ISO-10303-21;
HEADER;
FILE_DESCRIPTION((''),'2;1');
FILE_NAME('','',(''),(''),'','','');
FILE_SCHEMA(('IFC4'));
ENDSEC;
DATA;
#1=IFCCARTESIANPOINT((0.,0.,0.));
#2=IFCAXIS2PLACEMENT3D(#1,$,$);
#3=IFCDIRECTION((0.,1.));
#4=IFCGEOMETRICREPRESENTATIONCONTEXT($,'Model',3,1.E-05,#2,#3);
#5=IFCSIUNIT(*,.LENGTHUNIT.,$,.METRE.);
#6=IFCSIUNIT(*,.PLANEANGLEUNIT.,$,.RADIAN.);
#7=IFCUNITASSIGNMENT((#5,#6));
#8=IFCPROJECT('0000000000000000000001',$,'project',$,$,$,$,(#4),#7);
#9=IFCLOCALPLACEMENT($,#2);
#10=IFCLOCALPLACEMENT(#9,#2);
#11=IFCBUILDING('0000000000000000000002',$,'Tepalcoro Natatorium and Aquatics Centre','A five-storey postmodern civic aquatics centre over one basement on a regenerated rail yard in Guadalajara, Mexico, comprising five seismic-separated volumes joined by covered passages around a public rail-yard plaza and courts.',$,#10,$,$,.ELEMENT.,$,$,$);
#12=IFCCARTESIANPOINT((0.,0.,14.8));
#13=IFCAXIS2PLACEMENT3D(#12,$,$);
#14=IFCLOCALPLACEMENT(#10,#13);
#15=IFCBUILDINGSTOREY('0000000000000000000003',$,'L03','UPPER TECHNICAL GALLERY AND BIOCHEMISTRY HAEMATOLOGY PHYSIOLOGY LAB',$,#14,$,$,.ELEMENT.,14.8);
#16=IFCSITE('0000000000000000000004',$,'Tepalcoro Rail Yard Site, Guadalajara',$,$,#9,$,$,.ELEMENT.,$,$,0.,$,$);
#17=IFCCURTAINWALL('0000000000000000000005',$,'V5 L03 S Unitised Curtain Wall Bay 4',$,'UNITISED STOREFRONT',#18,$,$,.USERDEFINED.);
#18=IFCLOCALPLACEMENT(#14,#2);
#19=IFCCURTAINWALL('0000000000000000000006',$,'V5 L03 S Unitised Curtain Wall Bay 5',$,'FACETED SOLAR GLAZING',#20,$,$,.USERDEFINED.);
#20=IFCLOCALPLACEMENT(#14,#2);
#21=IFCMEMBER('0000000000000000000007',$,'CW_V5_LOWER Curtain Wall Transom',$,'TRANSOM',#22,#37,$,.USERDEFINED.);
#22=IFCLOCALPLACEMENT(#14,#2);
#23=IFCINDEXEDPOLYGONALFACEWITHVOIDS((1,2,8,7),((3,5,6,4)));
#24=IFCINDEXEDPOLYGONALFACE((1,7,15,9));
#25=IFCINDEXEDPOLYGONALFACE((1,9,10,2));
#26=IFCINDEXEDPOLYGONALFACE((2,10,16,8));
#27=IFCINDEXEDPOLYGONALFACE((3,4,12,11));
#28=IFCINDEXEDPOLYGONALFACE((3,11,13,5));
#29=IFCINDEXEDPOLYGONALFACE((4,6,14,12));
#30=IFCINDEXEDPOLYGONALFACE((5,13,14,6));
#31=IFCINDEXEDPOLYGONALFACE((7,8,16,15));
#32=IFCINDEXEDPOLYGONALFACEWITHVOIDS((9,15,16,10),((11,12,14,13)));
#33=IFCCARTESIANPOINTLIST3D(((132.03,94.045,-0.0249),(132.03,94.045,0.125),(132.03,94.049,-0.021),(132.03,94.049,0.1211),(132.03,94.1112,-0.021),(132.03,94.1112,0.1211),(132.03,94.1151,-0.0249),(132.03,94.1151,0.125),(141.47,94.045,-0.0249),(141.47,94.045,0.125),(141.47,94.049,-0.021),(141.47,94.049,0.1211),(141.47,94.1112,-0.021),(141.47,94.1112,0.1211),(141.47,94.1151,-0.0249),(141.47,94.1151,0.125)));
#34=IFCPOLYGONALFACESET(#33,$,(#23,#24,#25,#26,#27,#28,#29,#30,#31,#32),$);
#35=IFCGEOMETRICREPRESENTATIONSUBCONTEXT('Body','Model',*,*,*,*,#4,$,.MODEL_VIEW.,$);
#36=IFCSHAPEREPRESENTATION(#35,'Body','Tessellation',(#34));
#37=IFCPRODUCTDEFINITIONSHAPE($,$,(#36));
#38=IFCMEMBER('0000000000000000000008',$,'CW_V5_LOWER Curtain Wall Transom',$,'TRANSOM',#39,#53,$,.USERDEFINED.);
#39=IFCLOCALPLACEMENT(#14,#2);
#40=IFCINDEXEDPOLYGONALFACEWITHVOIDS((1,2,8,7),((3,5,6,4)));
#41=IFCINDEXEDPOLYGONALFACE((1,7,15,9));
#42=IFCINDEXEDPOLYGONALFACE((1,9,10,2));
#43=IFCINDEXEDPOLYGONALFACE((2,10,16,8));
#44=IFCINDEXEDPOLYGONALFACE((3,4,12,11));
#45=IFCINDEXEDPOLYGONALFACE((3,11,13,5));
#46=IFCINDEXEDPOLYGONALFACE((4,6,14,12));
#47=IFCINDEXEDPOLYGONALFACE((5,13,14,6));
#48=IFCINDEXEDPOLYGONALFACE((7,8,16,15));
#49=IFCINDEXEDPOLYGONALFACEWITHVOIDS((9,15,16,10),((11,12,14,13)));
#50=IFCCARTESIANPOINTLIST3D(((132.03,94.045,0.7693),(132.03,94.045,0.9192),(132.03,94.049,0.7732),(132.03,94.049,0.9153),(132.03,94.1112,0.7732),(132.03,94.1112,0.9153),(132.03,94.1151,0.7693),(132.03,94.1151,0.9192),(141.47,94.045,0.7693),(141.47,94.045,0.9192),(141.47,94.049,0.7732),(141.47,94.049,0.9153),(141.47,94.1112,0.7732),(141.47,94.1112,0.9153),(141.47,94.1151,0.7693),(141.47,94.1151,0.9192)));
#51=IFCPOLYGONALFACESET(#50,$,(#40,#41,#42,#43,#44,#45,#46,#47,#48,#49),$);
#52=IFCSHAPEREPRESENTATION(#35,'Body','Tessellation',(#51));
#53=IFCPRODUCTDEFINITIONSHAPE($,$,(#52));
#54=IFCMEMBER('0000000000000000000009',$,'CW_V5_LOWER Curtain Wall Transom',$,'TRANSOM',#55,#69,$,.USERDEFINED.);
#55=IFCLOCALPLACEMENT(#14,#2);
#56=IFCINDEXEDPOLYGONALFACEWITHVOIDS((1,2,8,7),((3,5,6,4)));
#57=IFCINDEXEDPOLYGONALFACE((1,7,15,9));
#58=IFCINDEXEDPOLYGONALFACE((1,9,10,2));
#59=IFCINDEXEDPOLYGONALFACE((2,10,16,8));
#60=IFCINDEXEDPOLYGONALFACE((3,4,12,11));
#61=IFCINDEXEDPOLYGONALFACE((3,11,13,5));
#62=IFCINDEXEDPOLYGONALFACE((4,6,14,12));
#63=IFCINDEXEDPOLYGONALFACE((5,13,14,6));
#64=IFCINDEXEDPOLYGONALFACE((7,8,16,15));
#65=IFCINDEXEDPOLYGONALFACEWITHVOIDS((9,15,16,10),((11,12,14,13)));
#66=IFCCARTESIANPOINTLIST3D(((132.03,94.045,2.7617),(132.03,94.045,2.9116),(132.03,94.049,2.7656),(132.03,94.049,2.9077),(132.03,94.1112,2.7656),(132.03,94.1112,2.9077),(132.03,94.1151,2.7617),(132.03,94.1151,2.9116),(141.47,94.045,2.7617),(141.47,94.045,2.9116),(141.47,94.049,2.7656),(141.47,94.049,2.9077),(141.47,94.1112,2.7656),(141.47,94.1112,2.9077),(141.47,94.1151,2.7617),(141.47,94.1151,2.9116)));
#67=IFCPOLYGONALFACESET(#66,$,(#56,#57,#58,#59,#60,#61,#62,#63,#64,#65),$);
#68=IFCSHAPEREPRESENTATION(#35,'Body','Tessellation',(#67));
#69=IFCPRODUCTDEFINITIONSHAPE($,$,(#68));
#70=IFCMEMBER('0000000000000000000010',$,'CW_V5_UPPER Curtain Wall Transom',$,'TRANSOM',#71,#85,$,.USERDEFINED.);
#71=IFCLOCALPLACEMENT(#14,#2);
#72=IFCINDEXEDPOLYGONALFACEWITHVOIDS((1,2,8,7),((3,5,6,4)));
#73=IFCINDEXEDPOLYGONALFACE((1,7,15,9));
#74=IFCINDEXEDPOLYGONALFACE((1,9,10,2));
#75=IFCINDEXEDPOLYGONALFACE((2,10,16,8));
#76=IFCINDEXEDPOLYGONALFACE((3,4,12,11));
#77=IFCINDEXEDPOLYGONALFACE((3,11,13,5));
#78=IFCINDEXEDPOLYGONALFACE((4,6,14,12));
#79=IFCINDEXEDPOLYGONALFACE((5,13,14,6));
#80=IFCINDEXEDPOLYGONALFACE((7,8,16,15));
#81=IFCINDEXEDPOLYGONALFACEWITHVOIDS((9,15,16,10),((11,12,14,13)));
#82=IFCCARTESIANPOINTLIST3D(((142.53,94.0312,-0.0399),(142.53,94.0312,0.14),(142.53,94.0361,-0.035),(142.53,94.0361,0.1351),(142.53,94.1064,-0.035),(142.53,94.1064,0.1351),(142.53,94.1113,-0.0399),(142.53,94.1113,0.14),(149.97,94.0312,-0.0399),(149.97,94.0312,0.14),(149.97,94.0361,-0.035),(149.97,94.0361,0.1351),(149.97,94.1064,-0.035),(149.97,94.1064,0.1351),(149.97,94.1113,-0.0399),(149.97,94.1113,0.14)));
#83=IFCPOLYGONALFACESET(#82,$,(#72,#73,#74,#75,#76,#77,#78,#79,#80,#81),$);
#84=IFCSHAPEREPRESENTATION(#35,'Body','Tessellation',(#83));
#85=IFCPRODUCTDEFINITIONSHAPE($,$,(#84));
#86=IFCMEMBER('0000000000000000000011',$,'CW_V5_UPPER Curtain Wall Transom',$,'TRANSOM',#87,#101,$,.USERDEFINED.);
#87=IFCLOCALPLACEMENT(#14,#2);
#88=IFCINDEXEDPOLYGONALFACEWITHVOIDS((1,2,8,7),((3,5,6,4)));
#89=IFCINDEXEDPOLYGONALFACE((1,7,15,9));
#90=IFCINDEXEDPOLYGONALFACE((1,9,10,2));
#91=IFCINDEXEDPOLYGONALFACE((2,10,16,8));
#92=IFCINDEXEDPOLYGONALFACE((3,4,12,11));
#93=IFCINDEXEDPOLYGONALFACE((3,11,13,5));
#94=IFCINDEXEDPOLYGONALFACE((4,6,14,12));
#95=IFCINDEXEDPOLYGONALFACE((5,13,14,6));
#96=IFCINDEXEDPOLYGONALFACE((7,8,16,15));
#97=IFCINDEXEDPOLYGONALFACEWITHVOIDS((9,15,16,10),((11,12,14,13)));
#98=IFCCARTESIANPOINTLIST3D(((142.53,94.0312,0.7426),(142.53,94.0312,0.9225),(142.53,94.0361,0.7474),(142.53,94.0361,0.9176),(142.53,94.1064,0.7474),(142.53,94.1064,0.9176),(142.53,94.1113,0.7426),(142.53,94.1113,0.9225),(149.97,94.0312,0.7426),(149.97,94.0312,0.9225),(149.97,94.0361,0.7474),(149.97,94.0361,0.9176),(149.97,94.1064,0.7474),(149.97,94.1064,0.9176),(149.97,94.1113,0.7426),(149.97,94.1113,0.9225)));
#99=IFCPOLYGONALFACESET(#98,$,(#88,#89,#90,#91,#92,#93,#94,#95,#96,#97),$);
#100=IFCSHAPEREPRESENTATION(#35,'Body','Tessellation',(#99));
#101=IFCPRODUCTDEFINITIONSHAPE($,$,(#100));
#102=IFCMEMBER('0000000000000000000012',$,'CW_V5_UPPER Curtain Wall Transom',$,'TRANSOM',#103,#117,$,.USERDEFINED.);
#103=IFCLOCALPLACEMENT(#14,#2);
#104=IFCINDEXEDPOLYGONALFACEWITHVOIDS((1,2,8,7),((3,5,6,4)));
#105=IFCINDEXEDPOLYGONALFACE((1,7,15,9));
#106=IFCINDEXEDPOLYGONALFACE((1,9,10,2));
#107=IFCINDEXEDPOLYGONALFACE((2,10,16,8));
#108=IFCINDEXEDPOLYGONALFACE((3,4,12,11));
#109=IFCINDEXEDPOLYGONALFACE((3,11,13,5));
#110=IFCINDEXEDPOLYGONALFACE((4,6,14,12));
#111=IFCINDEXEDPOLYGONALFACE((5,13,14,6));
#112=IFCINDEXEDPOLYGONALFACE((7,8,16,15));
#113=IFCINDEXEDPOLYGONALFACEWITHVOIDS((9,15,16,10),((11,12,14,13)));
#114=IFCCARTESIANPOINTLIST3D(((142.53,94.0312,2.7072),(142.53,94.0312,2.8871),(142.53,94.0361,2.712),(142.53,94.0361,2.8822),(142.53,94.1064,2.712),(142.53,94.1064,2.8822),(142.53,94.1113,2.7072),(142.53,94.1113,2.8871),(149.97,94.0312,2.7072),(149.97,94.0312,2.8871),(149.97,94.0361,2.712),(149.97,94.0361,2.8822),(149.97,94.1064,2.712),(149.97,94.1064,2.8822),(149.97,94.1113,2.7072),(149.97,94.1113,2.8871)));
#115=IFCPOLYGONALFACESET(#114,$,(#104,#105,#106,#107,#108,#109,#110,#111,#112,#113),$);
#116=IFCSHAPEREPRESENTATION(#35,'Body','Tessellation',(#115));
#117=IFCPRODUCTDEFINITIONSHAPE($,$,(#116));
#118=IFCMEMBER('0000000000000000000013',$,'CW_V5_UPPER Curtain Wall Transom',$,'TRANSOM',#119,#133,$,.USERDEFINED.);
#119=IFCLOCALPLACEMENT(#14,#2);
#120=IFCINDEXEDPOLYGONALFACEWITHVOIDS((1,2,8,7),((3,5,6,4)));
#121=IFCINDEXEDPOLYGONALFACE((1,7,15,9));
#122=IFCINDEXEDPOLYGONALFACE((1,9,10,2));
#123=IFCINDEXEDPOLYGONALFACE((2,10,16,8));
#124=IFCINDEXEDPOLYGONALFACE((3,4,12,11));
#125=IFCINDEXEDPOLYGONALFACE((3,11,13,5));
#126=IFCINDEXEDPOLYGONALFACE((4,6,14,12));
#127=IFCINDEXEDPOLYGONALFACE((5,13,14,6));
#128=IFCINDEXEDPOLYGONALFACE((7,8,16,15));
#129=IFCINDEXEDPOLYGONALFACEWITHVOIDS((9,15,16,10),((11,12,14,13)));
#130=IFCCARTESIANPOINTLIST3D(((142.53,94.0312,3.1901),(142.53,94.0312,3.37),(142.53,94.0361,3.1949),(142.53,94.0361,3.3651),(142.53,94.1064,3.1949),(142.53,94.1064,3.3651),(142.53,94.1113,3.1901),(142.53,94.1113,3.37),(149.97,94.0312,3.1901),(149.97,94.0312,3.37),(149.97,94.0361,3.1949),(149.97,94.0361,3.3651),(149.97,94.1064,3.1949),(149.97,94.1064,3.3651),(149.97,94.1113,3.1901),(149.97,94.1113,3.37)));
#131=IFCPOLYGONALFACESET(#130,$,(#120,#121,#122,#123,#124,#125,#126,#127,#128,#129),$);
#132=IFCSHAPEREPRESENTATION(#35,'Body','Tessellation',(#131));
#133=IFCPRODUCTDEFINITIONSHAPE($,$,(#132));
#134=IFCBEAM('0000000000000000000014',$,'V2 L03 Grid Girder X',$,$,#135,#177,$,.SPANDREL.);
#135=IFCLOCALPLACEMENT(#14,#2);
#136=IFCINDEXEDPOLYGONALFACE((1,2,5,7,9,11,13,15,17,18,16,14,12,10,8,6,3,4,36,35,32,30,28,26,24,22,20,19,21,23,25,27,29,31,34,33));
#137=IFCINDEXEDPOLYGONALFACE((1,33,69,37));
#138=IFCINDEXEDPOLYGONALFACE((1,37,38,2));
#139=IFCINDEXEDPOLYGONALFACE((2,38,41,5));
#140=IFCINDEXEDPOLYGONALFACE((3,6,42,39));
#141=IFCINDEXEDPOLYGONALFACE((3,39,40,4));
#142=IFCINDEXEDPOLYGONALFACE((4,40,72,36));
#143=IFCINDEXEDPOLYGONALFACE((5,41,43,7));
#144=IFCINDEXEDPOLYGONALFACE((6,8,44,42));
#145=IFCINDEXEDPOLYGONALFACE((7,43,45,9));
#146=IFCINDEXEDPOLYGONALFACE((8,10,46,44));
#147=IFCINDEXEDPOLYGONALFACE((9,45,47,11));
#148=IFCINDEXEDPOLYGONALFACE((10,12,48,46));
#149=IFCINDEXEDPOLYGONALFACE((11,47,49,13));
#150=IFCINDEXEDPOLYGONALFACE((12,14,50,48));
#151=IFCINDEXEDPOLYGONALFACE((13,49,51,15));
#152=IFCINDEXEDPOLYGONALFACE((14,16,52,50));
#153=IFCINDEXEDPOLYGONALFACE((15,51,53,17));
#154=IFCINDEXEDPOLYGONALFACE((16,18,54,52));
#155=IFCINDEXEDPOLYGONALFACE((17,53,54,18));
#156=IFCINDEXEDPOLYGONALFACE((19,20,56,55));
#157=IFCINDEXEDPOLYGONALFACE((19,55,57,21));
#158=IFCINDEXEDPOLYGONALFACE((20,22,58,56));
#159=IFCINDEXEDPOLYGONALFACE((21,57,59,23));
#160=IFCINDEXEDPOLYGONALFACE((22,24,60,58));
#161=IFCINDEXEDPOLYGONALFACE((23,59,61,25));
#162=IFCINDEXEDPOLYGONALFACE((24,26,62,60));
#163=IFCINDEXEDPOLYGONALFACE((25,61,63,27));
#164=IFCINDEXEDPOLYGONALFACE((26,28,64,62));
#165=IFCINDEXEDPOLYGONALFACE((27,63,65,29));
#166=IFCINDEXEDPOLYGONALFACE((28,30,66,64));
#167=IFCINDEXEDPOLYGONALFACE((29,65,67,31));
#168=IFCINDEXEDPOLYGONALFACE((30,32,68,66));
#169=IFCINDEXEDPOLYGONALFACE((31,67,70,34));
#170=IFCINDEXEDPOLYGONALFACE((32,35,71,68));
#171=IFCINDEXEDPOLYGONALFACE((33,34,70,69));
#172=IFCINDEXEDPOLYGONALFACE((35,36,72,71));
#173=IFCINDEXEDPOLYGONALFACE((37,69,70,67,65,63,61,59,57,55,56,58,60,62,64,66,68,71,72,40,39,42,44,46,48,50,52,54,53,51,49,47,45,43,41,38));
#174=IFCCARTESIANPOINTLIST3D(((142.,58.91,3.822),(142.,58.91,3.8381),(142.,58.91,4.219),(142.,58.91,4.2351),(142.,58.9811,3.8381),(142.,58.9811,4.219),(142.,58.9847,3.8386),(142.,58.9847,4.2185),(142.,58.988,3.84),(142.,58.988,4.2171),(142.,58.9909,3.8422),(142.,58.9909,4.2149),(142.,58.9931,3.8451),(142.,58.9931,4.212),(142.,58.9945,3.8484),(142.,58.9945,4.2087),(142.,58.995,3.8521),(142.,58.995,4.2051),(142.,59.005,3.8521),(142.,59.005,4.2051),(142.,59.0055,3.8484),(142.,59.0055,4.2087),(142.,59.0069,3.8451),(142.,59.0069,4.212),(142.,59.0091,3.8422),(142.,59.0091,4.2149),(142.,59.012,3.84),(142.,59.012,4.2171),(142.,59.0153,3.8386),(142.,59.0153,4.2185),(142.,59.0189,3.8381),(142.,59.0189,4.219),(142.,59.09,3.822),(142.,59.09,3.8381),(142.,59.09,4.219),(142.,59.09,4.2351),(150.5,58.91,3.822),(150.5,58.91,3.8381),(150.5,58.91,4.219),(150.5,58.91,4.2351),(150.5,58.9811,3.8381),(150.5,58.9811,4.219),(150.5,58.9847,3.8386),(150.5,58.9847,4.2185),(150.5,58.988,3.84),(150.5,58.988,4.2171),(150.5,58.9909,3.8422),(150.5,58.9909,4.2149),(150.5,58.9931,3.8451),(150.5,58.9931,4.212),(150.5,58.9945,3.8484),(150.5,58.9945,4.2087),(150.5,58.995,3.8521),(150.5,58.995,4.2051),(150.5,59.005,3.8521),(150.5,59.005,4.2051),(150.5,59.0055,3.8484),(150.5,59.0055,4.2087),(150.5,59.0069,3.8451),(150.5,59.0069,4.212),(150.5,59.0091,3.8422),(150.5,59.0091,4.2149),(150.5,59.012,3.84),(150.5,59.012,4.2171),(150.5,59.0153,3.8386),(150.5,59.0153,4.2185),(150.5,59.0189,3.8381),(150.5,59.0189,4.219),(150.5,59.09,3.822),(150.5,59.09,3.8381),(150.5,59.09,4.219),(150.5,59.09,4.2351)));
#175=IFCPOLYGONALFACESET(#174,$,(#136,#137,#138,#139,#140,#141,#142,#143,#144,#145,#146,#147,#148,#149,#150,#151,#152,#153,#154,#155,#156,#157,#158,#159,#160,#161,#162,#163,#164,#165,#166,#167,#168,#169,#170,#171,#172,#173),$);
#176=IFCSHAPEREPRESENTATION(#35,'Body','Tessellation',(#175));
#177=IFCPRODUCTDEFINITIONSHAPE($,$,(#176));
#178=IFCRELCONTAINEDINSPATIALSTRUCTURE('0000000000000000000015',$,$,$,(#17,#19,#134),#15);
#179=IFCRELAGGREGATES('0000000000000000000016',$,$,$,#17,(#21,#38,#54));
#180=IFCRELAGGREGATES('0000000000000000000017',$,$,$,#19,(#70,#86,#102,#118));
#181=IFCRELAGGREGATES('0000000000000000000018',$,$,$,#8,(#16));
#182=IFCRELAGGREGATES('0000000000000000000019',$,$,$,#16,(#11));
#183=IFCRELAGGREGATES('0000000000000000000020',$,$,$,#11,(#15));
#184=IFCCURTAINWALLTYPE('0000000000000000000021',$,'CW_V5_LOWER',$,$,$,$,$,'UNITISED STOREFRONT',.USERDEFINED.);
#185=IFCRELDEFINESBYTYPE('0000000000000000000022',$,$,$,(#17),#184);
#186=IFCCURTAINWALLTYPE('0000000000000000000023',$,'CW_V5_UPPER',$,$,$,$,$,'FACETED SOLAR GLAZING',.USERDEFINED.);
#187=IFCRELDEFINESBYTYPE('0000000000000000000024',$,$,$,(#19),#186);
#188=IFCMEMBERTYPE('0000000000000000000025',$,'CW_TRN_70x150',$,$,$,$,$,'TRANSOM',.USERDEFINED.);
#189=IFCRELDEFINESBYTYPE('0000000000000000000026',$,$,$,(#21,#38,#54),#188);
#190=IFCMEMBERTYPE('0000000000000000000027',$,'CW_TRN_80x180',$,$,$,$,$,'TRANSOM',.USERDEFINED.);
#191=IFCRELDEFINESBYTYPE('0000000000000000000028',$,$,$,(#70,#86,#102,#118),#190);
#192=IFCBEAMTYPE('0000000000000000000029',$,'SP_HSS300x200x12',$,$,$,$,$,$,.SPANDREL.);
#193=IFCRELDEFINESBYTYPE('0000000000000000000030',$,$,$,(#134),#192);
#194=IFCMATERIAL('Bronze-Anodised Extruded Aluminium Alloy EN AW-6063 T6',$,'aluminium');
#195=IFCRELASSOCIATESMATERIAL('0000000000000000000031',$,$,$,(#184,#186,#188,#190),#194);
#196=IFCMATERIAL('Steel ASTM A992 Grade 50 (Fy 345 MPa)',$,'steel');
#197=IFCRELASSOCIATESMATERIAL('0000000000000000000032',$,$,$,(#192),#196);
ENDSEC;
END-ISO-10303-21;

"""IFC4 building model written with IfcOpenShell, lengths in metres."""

from ifc_helpers import new_model, si_unit, direction, frame, origin, origin_2d, place, context, subcontext, project, spatial, hollow_rectangle, i_section, extrude, material, material_profile, profile_set, type_object, element, aggregate, save


model = new_model("IFC4")

# Units and contexts
model_context = context("Model", 3, precision=1e-05, world=origin(), true_north=direction((0.0, 1.0)))
body_context = subcontext(model_context, "Body", "Model", "MODEL_VIEW")
ifc_project = project(units=[si_unit("LENGTHUNIT", "METRE"), si_unit("PLANEANGLEUNIT", "RADIAN")], contexts=[model_context])

# Site, building, storey
site_placement = place(None, origin())
site = spatial("IfcSite", under=ifc_project, at=site_placement, Name="Tepalcoro Rail Yard Site, Guadalajara", CompositionType="ELEMENT", RefElevation=0.0)
building_placement = place(site_placement, origin())
building = spatial("IfcBuilding", under=site, at=building_placement, Name="Tepalcoro Natatorium and Aquatics Centre", Description="A five-storey postmodern civic aquatics centre over one basement on a regenerated rail yard in Guadalajara, Mexico, comprising five seismic-separated volumes joined by covered passages around a public rail-yard plaza and courts.", CompositionType="ELEMENT")
storey_placement = place(building_placement, frame((0.0, 0.0, 14.8)))
storey = spatial("IfcBuildingStorey", under=building, at=storey_placement, Name="L03", Description="UPPER TECHNICAL GALLERY AND BIOCHEMISTRY HAEMATOLOGY PHYSIOLOGY LAB", CompositionType="ELEMENT", Elevation=14.8)

# Shared definitions
ifc_material_1 = material(Name="Steel ASTM A992 Grade 50 (Fy 345 MPa)", Category="steel")

# Curtain wall
ifc_material_2 = material(Name="Bronze-Anodised Extruded Aluminium Alloy EN AW-6063 T6", Category="aluminium")
curtain_wall_type_1 = type_object("IfcCurtainWallType", Name="CW_V5_LOWER", ElementType="UNITISED STOREFRONT", PredefinedType="USERDEFINED", material=ifc_material_2)
curtain_wall_1_placement = place(storey_placement, origin())
curtain_wall_1 = element("IfcCurtainWall", 1, at=curtain_wall_1_placement, inside=storey, type_object=curtain_wall_type_1, Name="V5 L03 S Unitised Curtain Wall Bay 4", ObjectType="UNITISED STOREFRONT", PredefinedType="USERDEFINED")

# Curtain wall
curtain_wall_type_2 = type_object("IfcCurtainWallType", Name="CW_V5_UPPER", ElementType="FACETED SOLAR GLAZING", PredefinedType="USERDEFINED", material=ifc_material_2)
curtain_wall_2_placement = place(storey_placement, origin())
curtain_wall_2 = element("IfcCurtainWall", 2, at=curtain_wall_2_placement, inside=storey, type_object=curtain_wall_type_2, Name="V5 L03 S Unitised Curtain Wall Bay 5", ObjectType="FACETED SOLAR GLAZING", PredefinedType="USERDEFINED")

# Members
ifc_material_profile_1 = material_profile(ifc_material_2, hollow_rectangle(XDim=0.0701, YDim=0.1499, WallThickness=0.0039, at=origin_2d()), Name="AL70X150X4")
ifc_profile_set_1 = profile_set([ifc_material_profile_1], Name="Bronze-Anodised Extruded Aluminium Alloy EN AW-6063 T6")
member_type_1 = type_object("IfcMemberType", Name="CW_TRN_70x150", ElementType="TRANSOM", PredefinedType="USERDEFINED", material=ifc_profile_set_1)
member_1_placement = place(storey_placement, frame((132.03, 94.0801, 0.05), z_axis=(1.0, 0.0, 0.0), x_axis=(0.0, 1.0, 0.0)))
member_1 = element("IfcMember", 3, at=member_1_placement, type_object=member_type_1, Name="CW_V5_LOWER Curtain Wall Transom", ObjectType="TRANSOM", PredefinedType="USERDEFINED", context=body_context, shape_type="SweptSolid", body=[
    extrude(hollow_rectangle(XDim=0.0701, YDim=0.1499, WallThickness=0.0039, at=origin_2d()), origin(), (0.0, 0.0, 1.0), 9.4399),
])
member_2_placement = place(storey_placement, frame((132.03, 94.0801, 0.8442), z_axis=(1.0, 0.0, 0.0), x_axis=(0.0, 1.0, 0.0)))
member_2 = element("IfcMember", 4, at=member_2_placement, type_object=member_type_1, Name="CW_V5_LOWER Curtain Wall Transom", ObjectType="TRANSOM", PredefinedType="USERDEFINED", context=body_context, shape_type="SweptSolid", body=[
    extrude(hollow_rectangle(XDim=0.0701, YDim=0.1499, WallThickness=0.0039, at=origin_2d()), origin(), (0.0, 0.0, 1.0), 9.4399),
])
member_3_placement = place(storey_placement, frame((132.03, 94.0801, 2.8367), z_axis=(1.0, 0.0, 0.0), x_axis=(0.0, 1.0, 0.0)))
member_3 = element("IfcMember", 5, at=member_3_placement, type_object=member_type_1, Name="CW_V5_LOWER Curtain Wall Transom", ObjectType="TRANSOM", PredefinedType="USERDEFINED", context=body_context, shape_type="SweptSolid", body=[
    extrude(hollow_rectangle(XDim=0.0701, YDim=0.1499, WallThickness=0.0039, at=origin_2d()), origin(), (0.0, 0.0, 1.0), 9.4399),
])
aggregate(curtain_wall_1, [member_1, member_2, member_3])
ifc_material_profile_2 = material_profile(ifc_material_2, hollow_rectangle(XDim=0.0801, YDim=0.1799, WallThickness=0.0049, at=origin_2d()), Name="AL80X180X5")
ifc_profile_set_2 = profile_set([ifc_material_profile_2], Name="Bronze-Anodised Extruded Aluminium Alloy EN AW-6063 T6")
member_type_2 = type_object("IfcMemberType", Name="CW_TRN_80x180", ElementType="TRANSOM", PredefinedType="USERDEFINED", material=ifc_profile_set_2)
member_4_placement = place(storey_placement, frame((142.53, 94.0713, 0.05), z_axis=(1.0, 0.0, 0.0), x_axis=(0.0, 1.0, 0.0)))
member_4 = element("IfcMember", 6, at=member_4_placement, type_object=member_type_2, Name="CW_V5_UPPER Curtain Wall Transom", ObjectType="TRANSOM", PredefinedType="USERDEFINED", context=body_context, shape_type="SweptSolid", body=[
    extrude(hollow_rectangle(XDim=0.0801, YDim=0.1799, WallThickness=0.0049, at=origin_2d()), origin(), (0.0, 0.0, 1.0), 7.4399),
])
member_5_placement = place(storey_placement, frame((142.53, 94.0713, 0.8325), z_axis=(1.0, 0.0, 0.0), x_axis=(0.0, 1.0, 0.0)))
member_5 = element("IfcMember", 7, at=member_5_placement, type_object=member_type_2, Name="CW_V5_UPPER Curtain Wall Transom", ObjectType="TRANSOM", PredefinedType="USERDEFINED", context=body_context, shape_type="SweptSolid", body=[
    extrude(hollow_rectangle(XDim=0.0801, YDim=0.1799, WallThickness=0.0049, at=origin_2d()), origin(), (0.0, 0.0, 1.0), 7.4399),
])
member_6_placement = place(storey_placement, frame((142.53, 94.0713, 2.7971), z_axis=(1.0, 0.0, 0.0), x_axis=(0.0, 1.0, 0.0)))
member_6 = element("IfcMember", 8, at=member_6_placement, type_object=member_type_2, Name="CW_V5_UPPER Curtain Wall Transom", ObjectType="TRANSOM", PredefinedType="USERDEFINED", context=body_context, shape_type="SweptSolid", body=[
    extrude(hollow_rectangle(XDim=0.0801, YDim=0.1799, WallThickness=0.0049, at=origin_2d()), origin(), (0.0, 0.0, 1.0), 7.4399),
])
member_7_placement = place(storey_placement, frame((142.53, 94.0713, 3.28), z_axis=(1.0, 0.0, 0.0), x_axis=(0.0, 1.0, 0.0)))
member_7 = element("IfcMember", 9, at=member_7_placement, type_object=member_type_2, Name="CW_V5_UPPER Curtain Wall Transom", ObjectType="TRANSOM", PredefinedType="USERDEFINED", context=body_context, shape_type="SweptSolid", body=[
    extrude(hollow_rectangle(XDim=0.0801, YDim=0.1799, WallThickness=0.0049, at=origin_2d()), origin(), (0.0, 0.0, 1.0), 7.4399),
])

# Beam
ifc_material_profile_3 = material_profile(ifc_material_1, i_section(OverallWidth=0.1799, OverallDepth=0.4131, WebThickness=0.01, FlangeThickness=0.0161, FilletRadius=0.0139, at=origin_2d()), Name="W16X50")
ifc_profile_set_3 = profile_set([ifc_material_profile_3], Name="Steel ASTM A992 Grade 50 (Fy 345 MPa)")
beam_type_1 = type_object("IfcBeamType", Name="SP_HSS300x200x12", PredefinedType="SPANDREL", material=ifc_profile_set_3)
beam_1_placement = place(storey_placement, frame((142.0, 59.0, 4.0286), z_axis=(1.0, 0.0, 0.0), x_axis=(0.0, 1.0, 0.0)))
element("IfcBeam", 10, at=beam_1_placement, inside=storey, type_object=beam_type_1, Name="V2 L03 Grid Girder X", PredefinedType="SPANDREL", context=body_context, shape_type="SweptSolid", body=[
    extrude(i_section(OverallWidth=0.1799, OverallDepth=0.4131, WebThickness=0.01, FlangeThickness=0.0161, FilletRadius=0.0139, at=origin_2d()), origin(), (0.0, 0.0, 1.0), 8.5),
])

aggregate(curtain_wall_2, [member_4, member_5, member_6, member_7])

save(model, "model.ifc")
